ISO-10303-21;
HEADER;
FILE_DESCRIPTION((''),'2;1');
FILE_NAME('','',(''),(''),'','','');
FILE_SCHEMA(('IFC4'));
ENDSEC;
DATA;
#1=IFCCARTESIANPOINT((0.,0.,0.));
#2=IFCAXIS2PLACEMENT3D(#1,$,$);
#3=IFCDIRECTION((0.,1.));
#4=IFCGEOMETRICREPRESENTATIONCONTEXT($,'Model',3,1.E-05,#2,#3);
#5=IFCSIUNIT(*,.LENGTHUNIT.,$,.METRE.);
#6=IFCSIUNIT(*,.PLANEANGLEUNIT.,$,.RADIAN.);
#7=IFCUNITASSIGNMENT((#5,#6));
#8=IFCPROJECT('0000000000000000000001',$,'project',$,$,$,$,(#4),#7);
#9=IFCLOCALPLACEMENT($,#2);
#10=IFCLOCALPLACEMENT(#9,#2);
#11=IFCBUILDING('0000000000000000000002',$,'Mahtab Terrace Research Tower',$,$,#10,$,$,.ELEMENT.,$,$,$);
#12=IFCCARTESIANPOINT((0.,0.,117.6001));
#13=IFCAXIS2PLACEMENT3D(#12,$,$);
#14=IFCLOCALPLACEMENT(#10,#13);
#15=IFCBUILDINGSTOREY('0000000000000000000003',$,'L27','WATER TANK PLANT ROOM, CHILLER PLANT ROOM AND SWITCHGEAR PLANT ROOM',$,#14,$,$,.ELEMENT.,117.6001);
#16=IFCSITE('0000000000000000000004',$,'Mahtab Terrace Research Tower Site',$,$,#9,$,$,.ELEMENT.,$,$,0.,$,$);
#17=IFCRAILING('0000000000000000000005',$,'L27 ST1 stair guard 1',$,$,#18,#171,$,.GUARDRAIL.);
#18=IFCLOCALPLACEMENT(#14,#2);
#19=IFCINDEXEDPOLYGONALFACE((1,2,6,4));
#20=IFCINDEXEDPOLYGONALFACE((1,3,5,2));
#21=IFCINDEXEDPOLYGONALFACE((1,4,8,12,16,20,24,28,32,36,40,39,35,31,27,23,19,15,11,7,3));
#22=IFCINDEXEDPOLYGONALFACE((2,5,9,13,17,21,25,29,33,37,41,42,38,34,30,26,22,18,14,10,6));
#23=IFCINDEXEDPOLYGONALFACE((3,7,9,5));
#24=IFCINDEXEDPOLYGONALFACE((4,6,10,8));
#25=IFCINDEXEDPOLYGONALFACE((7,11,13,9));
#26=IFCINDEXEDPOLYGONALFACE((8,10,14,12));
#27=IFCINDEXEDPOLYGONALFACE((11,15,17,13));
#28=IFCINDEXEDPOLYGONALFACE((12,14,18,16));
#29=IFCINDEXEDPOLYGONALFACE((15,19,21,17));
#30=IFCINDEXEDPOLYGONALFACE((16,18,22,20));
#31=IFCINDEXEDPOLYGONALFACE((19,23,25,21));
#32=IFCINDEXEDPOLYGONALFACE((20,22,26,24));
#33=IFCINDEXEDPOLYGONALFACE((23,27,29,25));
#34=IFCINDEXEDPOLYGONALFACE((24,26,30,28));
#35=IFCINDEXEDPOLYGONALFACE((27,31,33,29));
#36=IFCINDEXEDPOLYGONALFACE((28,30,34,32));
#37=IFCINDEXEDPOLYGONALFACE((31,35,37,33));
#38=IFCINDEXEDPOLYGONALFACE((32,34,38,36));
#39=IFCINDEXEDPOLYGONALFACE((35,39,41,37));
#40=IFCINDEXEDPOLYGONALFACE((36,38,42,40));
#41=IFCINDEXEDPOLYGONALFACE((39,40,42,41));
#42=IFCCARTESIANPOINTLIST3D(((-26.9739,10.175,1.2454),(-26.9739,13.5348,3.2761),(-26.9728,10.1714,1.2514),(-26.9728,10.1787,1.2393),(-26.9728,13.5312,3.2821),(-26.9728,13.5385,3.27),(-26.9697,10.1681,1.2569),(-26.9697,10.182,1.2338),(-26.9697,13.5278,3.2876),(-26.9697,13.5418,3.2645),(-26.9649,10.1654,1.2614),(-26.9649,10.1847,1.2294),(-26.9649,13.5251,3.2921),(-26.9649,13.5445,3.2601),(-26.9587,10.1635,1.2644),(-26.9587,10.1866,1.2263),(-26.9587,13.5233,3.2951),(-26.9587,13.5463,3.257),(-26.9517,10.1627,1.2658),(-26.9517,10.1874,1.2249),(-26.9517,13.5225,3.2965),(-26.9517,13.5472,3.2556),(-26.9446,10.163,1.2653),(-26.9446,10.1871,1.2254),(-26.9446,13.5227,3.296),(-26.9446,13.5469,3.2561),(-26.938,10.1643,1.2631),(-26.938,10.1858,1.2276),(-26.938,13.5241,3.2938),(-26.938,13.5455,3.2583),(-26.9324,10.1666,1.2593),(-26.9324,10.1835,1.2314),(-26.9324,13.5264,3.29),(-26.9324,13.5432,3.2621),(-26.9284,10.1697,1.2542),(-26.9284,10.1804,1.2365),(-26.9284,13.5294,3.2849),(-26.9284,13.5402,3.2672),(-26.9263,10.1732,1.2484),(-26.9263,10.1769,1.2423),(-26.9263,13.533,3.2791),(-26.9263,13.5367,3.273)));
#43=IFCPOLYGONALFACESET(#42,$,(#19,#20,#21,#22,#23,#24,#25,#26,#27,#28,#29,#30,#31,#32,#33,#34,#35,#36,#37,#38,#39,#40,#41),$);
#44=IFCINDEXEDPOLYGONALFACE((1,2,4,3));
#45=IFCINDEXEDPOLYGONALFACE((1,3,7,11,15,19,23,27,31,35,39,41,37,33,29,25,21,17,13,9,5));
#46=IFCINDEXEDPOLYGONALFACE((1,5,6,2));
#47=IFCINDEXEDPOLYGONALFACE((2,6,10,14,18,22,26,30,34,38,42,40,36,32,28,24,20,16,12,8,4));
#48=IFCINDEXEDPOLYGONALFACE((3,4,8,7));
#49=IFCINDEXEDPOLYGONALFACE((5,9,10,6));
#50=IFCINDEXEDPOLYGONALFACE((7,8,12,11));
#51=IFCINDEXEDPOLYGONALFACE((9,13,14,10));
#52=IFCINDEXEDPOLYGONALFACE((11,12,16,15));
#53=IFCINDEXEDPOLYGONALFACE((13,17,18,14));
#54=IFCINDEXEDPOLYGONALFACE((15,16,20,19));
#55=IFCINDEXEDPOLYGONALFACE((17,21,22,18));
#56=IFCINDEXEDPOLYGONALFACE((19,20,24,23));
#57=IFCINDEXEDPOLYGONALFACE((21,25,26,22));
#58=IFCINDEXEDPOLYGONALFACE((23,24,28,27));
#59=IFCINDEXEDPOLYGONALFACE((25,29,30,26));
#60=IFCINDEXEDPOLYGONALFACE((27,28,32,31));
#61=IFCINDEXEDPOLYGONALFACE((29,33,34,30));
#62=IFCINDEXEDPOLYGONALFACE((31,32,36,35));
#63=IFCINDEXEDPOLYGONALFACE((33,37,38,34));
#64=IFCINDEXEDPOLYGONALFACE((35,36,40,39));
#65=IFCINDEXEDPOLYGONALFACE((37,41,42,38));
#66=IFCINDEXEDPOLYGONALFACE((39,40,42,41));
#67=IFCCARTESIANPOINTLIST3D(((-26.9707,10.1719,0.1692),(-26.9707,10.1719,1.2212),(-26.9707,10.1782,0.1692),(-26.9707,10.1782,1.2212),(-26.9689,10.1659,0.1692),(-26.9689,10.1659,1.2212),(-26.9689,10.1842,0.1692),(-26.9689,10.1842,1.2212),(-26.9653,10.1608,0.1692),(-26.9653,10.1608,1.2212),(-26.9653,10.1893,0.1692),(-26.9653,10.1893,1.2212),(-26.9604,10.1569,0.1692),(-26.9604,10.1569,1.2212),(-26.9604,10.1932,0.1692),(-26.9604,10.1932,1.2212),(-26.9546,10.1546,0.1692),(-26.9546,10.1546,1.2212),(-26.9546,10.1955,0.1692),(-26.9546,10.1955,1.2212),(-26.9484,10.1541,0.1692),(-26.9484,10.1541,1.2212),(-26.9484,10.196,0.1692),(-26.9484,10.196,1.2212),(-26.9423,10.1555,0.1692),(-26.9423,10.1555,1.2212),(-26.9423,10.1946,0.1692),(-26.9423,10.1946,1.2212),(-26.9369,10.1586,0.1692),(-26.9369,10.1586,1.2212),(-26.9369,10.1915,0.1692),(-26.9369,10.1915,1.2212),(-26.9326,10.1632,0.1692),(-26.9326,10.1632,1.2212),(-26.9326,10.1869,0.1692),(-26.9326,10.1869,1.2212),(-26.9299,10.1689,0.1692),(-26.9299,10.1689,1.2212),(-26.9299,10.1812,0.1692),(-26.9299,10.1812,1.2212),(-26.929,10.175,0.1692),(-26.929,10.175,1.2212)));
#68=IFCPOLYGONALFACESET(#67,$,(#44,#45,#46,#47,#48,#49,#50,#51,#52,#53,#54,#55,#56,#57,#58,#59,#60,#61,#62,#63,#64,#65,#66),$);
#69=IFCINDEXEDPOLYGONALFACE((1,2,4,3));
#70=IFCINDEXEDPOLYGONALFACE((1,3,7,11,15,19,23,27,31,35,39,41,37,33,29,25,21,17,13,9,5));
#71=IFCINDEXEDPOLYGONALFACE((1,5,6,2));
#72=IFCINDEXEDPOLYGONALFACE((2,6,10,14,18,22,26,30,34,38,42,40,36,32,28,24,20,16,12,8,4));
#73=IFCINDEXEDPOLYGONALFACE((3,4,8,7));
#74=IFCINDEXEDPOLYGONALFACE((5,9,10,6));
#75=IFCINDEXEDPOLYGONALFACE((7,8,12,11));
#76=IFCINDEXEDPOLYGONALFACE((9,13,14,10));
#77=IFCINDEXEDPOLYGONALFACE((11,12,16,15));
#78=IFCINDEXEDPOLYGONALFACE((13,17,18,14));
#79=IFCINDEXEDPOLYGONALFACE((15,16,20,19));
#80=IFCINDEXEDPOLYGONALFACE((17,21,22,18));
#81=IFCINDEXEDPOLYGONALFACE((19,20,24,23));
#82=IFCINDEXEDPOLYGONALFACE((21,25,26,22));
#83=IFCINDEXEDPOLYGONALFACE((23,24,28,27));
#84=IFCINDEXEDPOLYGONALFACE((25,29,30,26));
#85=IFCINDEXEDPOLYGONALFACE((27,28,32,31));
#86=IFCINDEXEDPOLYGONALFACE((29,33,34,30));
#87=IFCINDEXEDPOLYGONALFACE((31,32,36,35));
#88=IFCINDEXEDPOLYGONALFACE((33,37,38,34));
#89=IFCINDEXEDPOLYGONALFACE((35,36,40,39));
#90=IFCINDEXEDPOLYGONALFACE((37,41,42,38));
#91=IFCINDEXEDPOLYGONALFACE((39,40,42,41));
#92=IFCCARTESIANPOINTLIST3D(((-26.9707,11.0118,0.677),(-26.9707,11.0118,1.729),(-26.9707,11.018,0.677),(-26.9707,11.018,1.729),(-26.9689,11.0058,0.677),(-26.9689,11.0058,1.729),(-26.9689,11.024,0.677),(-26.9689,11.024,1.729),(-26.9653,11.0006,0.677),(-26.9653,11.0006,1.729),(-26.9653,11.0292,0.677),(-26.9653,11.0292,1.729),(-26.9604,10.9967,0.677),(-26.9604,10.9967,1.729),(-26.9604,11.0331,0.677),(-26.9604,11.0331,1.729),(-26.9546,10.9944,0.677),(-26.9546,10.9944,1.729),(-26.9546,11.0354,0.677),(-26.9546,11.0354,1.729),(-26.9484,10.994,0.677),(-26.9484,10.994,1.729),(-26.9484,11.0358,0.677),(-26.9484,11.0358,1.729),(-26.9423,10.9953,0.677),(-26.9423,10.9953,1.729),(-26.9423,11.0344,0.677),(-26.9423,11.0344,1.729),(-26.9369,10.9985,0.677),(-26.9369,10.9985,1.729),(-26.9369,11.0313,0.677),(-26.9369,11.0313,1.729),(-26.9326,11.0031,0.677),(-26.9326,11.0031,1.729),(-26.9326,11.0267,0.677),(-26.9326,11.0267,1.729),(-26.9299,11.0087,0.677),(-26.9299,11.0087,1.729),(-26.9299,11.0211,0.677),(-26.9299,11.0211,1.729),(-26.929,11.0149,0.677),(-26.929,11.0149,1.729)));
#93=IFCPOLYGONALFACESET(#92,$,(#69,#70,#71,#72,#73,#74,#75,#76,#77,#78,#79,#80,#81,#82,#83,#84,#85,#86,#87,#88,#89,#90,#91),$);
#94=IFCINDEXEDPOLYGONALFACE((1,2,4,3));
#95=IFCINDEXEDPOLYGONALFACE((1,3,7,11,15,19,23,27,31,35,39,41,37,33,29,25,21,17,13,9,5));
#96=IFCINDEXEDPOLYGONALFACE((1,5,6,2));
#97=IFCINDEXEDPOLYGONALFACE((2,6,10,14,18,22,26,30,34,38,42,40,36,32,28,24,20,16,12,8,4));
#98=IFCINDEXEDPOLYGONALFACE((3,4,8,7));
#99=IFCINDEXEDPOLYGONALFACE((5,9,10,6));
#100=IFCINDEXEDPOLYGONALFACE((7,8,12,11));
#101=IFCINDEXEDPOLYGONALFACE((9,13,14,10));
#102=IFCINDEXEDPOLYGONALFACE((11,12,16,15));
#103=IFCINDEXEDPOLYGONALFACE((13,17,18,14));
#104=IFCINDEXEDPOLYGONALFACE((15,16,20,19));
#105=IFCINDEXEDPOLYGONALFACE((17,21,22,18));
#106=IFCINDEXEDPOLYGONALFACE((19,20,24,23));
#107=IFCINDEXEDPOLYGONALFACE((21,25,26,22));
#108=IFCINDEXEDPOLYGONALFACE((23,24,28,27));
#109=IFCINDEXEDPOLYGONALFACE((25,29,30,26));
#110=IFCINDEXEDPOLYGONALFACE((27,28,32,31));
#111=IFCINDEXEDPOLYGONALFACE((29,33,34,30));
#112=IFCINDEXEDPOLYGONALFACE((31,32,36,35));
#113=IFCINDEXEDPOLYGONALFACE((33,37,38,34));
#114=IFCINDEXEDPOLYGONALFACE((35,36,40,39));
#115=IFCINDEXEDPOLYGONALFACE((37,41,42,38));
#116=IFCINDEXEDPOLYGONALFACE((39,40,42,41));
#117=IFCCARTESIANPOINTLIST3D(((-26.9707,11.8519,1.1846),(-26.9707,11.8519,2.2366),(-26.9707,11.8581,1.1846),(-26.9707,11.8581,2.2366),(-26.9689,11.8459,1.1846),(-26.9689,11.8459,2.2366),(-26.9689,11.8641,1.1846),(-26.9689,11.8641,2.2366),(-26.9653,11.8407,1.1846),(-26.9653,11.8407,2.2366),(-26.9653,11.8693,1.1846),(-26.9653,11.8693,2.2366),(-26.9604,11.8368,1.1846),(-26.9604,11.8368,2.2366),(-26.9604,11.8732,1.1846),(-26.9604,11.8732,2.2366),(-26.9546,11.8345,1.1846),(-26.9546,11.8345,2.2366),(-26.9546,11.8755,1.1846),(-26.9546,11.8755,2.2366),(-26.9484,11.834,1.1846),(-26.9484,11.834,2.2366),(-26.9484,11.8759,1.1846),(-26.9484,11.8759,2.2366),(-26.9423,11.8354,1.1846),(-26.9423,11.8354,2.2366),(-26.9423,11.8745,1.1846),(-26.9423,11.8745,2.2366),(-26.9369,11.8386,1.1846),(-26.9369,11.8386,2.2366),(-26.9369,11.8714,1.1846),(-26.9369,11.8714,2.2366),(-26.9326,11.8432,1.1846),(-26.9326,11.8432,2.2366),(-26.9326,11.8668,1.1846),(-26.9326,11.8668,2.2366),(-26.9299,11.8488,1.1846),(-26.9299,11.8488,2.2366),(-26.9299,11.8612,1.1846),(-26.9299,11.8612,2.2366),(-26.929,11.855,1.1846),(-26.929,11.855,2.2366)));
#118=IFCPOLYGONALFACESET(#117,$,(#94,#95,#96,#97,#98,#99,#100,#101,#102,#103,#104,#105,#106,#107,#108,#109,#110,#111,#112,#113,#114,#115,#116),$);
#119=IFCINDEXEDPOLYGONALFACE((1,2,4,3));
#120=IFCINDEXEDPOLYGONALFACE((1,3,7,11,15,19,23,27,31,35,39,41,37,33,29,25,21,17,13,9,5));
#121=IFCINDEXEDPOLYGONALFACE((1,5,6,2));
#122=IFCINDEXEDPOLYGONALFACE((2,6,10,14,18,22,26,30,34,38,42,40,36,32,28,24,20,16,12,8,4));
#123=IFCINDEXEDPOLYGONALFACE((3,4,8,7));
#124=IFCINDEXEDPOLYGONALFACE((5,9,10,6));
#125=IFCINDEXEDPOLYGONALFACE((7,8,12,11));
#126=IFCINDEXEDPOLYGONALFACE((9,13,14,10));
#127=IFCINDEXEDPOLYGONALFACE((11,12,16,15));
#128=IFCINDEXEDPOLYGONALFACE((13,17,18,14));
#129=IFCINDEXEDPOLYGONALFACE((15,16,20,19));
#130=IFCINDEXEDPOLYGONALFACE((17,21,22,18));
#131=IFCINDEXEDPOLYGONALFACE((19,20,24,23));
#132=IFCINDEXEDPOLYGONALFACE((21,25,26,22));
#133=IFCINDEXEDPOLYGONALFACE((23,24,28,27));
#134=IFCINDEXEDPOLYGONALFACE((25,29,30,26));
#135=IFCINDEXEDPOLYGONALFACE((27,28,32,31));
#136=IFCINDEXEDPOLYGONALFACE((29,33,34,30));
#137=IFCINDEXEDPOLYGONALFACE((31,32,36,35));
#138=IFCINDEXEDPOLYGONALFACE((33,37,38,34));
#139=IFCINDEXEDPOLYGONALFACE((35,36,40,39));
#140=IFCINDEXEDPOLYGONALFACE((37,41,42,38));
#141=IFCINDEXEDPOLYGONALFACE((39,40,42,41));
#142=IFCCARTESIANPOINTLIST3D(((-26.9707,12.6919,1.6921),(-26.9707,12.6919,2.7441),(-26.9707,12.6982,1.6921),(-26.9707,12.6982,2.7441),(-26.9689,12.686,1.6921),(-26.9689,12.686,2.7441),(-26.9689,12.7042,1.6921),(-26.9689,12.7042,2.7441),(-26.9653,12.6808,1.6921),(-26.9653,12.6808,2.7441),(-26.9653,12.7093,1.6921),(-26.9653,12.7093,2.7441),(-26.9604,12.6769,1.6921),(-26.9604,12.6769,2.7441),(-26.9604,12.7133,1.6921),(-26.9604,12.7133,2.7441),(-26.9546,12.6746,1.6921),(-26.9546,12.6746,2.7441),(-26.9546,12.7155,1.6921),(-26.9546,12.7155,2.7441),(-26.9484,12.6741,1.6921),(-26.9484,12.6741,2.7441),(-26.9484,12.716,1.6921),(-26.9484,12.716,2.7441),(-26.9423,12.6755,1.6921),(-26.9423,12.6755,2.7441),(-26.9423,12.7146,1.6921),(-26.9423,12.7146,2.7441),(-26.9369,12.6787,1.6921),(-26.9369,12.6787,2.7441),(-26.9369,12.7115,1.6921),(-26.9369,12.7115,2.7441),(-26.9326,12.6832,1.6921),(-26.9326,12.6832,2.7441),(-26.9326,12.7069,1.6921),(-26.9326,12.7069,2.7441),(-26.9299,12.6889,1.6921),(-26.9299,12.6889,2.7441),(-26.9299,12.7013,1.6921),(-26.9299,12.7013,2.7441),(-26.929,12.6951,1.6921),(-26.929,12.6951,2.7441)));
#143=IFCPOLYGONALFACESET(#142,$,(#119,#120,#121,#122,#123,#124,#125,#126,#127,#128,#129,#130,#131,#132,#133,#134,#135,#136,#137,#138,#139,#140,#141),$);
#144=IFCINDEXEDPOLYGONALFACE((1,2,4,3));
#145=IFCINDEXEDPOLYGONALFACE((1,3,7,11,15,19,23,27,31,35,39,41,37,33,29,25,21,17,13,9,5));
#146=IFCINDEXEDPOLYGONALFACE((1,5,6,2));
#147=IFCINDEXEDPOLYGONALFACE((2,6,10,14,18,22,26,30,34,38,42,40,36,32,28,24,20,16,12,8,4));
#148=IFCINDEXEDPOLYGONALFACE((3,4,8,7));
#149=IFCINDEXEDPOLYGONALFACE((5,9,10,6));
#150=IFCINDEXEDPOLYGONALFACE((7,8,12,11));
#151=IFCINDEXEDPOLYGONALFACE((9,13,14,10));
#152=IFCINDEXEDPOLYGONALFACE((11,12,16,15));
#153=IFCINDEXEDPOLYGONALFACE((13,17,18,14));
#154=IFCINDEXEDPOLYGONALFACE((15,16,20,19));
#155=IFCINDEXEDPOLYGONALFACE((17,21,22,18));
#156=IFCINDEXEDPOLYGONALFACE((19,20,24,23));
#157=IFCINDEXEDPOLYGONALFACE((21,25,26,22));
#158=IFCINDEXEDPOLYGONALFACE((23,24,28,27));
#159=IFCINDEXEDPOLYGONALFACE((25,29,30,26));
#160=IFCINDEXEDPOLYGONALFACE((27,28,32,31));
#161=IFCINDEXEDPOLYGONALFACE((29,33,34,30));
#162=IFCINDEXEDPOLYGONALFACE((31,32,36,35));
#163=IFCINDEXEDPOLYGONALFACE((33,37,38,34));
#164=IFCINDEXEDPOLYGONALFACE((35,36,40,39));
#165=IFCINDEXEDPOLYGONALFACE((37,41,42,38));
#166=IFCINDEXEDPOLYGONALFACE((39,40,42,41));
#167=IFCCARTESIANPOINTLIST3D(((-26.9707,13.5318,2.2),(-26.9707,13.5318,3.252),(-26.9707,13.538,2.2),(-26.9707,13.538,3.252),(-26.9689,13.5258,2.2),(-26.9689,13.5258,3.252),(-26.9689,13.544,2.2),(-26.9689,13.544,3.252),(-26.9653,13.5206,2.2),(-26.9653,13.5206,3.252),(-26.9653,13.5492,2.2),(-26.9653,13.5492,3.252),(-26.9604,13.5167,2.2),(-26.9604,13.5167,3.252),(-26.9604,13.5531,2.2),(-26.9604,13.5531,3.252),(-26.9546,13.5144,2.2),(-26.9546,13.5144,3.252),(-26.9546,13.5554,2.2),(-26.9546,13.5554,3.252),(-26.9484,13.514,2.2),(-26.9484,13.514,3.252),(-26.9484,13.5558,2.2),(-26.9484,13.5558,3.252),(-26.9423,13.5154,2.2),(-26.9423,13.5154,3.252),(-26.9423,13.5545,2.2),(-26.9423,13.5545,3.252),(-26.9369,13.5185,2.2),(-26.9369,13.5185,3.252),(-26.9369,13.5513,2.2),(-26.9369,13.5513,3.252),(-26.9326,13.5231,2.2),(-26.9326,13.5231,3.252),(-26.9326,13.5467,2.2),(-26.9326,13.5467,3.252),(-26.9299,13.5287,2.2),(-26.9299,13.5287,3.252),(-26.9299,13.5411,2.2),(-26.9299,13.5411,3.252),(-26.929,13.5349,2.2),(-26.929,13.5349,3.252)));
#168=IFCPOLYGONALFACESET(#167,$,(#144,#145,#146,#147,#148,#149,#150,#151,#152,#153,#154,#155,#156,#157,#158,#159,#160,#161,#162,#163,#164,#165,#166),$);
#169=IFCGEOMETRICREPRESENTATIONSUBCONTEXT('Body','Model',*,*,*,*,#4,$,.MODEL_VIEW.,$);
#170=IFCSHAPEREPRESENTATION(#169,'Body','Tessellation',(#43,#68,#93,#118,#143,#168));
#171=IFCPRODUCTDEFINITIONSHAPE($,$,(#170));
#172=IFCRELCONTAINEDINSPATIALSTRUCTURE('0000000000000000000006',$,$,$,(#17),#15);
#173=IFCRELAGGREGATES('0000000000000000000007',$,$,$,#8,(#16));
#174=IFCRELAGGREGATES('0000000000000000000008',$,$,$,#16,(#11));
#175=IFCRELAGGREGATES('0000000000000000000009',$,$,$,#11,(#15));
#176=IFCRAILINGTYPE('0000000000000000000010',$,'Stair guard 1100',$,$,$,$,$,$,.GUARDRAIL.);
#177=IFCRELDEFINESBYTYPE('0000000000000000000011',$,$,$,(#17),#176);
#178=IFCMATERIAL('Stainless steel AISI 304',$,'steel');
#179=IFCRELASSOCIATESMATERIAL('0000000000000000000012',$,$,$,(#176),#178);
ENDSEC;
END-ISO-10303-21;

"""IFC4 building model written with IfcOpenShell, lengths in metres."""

from ifc_helpers import new_model, si_unit, direction, frame, origin, origin_2d, place, context, subcontext, project, spatial, circle, extrude, material, type_object, element, save


model = new_model("IFC4")

# Units and contexts
model_context = context("Model", 3, precision=1e-05, world=origin(), true_north=direction((0.0, 1.0)))
body_context = subcontext(model_context, "Body", "Model", "MODEL_VIEW")
ifc_project = project(units=[si_unit("LENGTHUNIT", "METRE"), si_unit("PLANEANGLEUNIT", "RADIAN")], contexts=[model_context])

# Site, building, storey
site_placement = place(None, origin())
site = spatial("IfcSite", under=ifc_project, at=site_placement, Name="Mahtab Terrace Research Tower Site", CompositionType="ELEMENT", RefElevation=0.0)
building_placement = place(site_placement, origin())
building = spatial("IfcBuilding", under=site, at=building_placement, Name="Mahtab Terrace Research Tower", CompositionType="ELEMENT")
storey_placement = place(building_placement, frame((0.0, 0.0, 117.6001)))
storey = spatial("IfcBuildingStorey", under=building, at=storey_placement, Name="L27", Description="WATER TANK PLANT ROOM, CHILLER PLANT ROOM AND SWITCHGEAR PLANT ROOM", CompositionType="ELEMENT", Elevation=117.6001)

# Railing
ifc_material_1 = material(Name="Stainless steel AISI 304", Category="steel")
railing_type_1 = type_object("IfcRailingType", Name="Stair guard 1100", PredefinedType="GUARDRAIL", material=ifc_material_1)
railing_1_placement = place(storey_placement, frame((-26.95, 10.175, 0.1692)))
element("IfcRailing", 1, at=railing_1_placement, inside=storey, type_object=railing_type_1, Name="L27 ST1 stair guard 1", PredefinedType="GUARDRAIL", context=body_context, shape_type="SweptSolid", body=[
    extrude(circle(Radius=0.0239, at=origin_2d()), frame((0.0, 0.0, 1.0762), z_axis=(0.0, 0.85582, 0.517273), x_axis=(-1.0, 0.0, 0.0)), (0.0, 0.0, 1.0), 3.9258),
    extrude(circle(Radius=0.021, at=origin_2d()), origin(), (0.0, 0.0, 1.0), 1.052),
    extrude(circle(Radius=0.021, at=origin_2d()), frame((0.0, 0.8398, 0.5078)), (0.0, 0.0, 1.0), 1.052),
    extrude(circle(Radius=0.021, at=origin_2d()), frame((0.0, 1.6799, 1.0154)), (0.0, 0.0, 1.0), 1.052),
    extrude(circle(Radius=0.021, at=origin_2d()), frame((0.0, 2.52, 1.5229)), (0.0, 0.0, 1.0), 1.052),
    extrude(circle(Radius=0.021, at=origin_2d()), frame((0.0, 3.3599, 2.0308)), (0.0, 0.0, 1.0), 1.052),
])

save(model, "model.ifc")
